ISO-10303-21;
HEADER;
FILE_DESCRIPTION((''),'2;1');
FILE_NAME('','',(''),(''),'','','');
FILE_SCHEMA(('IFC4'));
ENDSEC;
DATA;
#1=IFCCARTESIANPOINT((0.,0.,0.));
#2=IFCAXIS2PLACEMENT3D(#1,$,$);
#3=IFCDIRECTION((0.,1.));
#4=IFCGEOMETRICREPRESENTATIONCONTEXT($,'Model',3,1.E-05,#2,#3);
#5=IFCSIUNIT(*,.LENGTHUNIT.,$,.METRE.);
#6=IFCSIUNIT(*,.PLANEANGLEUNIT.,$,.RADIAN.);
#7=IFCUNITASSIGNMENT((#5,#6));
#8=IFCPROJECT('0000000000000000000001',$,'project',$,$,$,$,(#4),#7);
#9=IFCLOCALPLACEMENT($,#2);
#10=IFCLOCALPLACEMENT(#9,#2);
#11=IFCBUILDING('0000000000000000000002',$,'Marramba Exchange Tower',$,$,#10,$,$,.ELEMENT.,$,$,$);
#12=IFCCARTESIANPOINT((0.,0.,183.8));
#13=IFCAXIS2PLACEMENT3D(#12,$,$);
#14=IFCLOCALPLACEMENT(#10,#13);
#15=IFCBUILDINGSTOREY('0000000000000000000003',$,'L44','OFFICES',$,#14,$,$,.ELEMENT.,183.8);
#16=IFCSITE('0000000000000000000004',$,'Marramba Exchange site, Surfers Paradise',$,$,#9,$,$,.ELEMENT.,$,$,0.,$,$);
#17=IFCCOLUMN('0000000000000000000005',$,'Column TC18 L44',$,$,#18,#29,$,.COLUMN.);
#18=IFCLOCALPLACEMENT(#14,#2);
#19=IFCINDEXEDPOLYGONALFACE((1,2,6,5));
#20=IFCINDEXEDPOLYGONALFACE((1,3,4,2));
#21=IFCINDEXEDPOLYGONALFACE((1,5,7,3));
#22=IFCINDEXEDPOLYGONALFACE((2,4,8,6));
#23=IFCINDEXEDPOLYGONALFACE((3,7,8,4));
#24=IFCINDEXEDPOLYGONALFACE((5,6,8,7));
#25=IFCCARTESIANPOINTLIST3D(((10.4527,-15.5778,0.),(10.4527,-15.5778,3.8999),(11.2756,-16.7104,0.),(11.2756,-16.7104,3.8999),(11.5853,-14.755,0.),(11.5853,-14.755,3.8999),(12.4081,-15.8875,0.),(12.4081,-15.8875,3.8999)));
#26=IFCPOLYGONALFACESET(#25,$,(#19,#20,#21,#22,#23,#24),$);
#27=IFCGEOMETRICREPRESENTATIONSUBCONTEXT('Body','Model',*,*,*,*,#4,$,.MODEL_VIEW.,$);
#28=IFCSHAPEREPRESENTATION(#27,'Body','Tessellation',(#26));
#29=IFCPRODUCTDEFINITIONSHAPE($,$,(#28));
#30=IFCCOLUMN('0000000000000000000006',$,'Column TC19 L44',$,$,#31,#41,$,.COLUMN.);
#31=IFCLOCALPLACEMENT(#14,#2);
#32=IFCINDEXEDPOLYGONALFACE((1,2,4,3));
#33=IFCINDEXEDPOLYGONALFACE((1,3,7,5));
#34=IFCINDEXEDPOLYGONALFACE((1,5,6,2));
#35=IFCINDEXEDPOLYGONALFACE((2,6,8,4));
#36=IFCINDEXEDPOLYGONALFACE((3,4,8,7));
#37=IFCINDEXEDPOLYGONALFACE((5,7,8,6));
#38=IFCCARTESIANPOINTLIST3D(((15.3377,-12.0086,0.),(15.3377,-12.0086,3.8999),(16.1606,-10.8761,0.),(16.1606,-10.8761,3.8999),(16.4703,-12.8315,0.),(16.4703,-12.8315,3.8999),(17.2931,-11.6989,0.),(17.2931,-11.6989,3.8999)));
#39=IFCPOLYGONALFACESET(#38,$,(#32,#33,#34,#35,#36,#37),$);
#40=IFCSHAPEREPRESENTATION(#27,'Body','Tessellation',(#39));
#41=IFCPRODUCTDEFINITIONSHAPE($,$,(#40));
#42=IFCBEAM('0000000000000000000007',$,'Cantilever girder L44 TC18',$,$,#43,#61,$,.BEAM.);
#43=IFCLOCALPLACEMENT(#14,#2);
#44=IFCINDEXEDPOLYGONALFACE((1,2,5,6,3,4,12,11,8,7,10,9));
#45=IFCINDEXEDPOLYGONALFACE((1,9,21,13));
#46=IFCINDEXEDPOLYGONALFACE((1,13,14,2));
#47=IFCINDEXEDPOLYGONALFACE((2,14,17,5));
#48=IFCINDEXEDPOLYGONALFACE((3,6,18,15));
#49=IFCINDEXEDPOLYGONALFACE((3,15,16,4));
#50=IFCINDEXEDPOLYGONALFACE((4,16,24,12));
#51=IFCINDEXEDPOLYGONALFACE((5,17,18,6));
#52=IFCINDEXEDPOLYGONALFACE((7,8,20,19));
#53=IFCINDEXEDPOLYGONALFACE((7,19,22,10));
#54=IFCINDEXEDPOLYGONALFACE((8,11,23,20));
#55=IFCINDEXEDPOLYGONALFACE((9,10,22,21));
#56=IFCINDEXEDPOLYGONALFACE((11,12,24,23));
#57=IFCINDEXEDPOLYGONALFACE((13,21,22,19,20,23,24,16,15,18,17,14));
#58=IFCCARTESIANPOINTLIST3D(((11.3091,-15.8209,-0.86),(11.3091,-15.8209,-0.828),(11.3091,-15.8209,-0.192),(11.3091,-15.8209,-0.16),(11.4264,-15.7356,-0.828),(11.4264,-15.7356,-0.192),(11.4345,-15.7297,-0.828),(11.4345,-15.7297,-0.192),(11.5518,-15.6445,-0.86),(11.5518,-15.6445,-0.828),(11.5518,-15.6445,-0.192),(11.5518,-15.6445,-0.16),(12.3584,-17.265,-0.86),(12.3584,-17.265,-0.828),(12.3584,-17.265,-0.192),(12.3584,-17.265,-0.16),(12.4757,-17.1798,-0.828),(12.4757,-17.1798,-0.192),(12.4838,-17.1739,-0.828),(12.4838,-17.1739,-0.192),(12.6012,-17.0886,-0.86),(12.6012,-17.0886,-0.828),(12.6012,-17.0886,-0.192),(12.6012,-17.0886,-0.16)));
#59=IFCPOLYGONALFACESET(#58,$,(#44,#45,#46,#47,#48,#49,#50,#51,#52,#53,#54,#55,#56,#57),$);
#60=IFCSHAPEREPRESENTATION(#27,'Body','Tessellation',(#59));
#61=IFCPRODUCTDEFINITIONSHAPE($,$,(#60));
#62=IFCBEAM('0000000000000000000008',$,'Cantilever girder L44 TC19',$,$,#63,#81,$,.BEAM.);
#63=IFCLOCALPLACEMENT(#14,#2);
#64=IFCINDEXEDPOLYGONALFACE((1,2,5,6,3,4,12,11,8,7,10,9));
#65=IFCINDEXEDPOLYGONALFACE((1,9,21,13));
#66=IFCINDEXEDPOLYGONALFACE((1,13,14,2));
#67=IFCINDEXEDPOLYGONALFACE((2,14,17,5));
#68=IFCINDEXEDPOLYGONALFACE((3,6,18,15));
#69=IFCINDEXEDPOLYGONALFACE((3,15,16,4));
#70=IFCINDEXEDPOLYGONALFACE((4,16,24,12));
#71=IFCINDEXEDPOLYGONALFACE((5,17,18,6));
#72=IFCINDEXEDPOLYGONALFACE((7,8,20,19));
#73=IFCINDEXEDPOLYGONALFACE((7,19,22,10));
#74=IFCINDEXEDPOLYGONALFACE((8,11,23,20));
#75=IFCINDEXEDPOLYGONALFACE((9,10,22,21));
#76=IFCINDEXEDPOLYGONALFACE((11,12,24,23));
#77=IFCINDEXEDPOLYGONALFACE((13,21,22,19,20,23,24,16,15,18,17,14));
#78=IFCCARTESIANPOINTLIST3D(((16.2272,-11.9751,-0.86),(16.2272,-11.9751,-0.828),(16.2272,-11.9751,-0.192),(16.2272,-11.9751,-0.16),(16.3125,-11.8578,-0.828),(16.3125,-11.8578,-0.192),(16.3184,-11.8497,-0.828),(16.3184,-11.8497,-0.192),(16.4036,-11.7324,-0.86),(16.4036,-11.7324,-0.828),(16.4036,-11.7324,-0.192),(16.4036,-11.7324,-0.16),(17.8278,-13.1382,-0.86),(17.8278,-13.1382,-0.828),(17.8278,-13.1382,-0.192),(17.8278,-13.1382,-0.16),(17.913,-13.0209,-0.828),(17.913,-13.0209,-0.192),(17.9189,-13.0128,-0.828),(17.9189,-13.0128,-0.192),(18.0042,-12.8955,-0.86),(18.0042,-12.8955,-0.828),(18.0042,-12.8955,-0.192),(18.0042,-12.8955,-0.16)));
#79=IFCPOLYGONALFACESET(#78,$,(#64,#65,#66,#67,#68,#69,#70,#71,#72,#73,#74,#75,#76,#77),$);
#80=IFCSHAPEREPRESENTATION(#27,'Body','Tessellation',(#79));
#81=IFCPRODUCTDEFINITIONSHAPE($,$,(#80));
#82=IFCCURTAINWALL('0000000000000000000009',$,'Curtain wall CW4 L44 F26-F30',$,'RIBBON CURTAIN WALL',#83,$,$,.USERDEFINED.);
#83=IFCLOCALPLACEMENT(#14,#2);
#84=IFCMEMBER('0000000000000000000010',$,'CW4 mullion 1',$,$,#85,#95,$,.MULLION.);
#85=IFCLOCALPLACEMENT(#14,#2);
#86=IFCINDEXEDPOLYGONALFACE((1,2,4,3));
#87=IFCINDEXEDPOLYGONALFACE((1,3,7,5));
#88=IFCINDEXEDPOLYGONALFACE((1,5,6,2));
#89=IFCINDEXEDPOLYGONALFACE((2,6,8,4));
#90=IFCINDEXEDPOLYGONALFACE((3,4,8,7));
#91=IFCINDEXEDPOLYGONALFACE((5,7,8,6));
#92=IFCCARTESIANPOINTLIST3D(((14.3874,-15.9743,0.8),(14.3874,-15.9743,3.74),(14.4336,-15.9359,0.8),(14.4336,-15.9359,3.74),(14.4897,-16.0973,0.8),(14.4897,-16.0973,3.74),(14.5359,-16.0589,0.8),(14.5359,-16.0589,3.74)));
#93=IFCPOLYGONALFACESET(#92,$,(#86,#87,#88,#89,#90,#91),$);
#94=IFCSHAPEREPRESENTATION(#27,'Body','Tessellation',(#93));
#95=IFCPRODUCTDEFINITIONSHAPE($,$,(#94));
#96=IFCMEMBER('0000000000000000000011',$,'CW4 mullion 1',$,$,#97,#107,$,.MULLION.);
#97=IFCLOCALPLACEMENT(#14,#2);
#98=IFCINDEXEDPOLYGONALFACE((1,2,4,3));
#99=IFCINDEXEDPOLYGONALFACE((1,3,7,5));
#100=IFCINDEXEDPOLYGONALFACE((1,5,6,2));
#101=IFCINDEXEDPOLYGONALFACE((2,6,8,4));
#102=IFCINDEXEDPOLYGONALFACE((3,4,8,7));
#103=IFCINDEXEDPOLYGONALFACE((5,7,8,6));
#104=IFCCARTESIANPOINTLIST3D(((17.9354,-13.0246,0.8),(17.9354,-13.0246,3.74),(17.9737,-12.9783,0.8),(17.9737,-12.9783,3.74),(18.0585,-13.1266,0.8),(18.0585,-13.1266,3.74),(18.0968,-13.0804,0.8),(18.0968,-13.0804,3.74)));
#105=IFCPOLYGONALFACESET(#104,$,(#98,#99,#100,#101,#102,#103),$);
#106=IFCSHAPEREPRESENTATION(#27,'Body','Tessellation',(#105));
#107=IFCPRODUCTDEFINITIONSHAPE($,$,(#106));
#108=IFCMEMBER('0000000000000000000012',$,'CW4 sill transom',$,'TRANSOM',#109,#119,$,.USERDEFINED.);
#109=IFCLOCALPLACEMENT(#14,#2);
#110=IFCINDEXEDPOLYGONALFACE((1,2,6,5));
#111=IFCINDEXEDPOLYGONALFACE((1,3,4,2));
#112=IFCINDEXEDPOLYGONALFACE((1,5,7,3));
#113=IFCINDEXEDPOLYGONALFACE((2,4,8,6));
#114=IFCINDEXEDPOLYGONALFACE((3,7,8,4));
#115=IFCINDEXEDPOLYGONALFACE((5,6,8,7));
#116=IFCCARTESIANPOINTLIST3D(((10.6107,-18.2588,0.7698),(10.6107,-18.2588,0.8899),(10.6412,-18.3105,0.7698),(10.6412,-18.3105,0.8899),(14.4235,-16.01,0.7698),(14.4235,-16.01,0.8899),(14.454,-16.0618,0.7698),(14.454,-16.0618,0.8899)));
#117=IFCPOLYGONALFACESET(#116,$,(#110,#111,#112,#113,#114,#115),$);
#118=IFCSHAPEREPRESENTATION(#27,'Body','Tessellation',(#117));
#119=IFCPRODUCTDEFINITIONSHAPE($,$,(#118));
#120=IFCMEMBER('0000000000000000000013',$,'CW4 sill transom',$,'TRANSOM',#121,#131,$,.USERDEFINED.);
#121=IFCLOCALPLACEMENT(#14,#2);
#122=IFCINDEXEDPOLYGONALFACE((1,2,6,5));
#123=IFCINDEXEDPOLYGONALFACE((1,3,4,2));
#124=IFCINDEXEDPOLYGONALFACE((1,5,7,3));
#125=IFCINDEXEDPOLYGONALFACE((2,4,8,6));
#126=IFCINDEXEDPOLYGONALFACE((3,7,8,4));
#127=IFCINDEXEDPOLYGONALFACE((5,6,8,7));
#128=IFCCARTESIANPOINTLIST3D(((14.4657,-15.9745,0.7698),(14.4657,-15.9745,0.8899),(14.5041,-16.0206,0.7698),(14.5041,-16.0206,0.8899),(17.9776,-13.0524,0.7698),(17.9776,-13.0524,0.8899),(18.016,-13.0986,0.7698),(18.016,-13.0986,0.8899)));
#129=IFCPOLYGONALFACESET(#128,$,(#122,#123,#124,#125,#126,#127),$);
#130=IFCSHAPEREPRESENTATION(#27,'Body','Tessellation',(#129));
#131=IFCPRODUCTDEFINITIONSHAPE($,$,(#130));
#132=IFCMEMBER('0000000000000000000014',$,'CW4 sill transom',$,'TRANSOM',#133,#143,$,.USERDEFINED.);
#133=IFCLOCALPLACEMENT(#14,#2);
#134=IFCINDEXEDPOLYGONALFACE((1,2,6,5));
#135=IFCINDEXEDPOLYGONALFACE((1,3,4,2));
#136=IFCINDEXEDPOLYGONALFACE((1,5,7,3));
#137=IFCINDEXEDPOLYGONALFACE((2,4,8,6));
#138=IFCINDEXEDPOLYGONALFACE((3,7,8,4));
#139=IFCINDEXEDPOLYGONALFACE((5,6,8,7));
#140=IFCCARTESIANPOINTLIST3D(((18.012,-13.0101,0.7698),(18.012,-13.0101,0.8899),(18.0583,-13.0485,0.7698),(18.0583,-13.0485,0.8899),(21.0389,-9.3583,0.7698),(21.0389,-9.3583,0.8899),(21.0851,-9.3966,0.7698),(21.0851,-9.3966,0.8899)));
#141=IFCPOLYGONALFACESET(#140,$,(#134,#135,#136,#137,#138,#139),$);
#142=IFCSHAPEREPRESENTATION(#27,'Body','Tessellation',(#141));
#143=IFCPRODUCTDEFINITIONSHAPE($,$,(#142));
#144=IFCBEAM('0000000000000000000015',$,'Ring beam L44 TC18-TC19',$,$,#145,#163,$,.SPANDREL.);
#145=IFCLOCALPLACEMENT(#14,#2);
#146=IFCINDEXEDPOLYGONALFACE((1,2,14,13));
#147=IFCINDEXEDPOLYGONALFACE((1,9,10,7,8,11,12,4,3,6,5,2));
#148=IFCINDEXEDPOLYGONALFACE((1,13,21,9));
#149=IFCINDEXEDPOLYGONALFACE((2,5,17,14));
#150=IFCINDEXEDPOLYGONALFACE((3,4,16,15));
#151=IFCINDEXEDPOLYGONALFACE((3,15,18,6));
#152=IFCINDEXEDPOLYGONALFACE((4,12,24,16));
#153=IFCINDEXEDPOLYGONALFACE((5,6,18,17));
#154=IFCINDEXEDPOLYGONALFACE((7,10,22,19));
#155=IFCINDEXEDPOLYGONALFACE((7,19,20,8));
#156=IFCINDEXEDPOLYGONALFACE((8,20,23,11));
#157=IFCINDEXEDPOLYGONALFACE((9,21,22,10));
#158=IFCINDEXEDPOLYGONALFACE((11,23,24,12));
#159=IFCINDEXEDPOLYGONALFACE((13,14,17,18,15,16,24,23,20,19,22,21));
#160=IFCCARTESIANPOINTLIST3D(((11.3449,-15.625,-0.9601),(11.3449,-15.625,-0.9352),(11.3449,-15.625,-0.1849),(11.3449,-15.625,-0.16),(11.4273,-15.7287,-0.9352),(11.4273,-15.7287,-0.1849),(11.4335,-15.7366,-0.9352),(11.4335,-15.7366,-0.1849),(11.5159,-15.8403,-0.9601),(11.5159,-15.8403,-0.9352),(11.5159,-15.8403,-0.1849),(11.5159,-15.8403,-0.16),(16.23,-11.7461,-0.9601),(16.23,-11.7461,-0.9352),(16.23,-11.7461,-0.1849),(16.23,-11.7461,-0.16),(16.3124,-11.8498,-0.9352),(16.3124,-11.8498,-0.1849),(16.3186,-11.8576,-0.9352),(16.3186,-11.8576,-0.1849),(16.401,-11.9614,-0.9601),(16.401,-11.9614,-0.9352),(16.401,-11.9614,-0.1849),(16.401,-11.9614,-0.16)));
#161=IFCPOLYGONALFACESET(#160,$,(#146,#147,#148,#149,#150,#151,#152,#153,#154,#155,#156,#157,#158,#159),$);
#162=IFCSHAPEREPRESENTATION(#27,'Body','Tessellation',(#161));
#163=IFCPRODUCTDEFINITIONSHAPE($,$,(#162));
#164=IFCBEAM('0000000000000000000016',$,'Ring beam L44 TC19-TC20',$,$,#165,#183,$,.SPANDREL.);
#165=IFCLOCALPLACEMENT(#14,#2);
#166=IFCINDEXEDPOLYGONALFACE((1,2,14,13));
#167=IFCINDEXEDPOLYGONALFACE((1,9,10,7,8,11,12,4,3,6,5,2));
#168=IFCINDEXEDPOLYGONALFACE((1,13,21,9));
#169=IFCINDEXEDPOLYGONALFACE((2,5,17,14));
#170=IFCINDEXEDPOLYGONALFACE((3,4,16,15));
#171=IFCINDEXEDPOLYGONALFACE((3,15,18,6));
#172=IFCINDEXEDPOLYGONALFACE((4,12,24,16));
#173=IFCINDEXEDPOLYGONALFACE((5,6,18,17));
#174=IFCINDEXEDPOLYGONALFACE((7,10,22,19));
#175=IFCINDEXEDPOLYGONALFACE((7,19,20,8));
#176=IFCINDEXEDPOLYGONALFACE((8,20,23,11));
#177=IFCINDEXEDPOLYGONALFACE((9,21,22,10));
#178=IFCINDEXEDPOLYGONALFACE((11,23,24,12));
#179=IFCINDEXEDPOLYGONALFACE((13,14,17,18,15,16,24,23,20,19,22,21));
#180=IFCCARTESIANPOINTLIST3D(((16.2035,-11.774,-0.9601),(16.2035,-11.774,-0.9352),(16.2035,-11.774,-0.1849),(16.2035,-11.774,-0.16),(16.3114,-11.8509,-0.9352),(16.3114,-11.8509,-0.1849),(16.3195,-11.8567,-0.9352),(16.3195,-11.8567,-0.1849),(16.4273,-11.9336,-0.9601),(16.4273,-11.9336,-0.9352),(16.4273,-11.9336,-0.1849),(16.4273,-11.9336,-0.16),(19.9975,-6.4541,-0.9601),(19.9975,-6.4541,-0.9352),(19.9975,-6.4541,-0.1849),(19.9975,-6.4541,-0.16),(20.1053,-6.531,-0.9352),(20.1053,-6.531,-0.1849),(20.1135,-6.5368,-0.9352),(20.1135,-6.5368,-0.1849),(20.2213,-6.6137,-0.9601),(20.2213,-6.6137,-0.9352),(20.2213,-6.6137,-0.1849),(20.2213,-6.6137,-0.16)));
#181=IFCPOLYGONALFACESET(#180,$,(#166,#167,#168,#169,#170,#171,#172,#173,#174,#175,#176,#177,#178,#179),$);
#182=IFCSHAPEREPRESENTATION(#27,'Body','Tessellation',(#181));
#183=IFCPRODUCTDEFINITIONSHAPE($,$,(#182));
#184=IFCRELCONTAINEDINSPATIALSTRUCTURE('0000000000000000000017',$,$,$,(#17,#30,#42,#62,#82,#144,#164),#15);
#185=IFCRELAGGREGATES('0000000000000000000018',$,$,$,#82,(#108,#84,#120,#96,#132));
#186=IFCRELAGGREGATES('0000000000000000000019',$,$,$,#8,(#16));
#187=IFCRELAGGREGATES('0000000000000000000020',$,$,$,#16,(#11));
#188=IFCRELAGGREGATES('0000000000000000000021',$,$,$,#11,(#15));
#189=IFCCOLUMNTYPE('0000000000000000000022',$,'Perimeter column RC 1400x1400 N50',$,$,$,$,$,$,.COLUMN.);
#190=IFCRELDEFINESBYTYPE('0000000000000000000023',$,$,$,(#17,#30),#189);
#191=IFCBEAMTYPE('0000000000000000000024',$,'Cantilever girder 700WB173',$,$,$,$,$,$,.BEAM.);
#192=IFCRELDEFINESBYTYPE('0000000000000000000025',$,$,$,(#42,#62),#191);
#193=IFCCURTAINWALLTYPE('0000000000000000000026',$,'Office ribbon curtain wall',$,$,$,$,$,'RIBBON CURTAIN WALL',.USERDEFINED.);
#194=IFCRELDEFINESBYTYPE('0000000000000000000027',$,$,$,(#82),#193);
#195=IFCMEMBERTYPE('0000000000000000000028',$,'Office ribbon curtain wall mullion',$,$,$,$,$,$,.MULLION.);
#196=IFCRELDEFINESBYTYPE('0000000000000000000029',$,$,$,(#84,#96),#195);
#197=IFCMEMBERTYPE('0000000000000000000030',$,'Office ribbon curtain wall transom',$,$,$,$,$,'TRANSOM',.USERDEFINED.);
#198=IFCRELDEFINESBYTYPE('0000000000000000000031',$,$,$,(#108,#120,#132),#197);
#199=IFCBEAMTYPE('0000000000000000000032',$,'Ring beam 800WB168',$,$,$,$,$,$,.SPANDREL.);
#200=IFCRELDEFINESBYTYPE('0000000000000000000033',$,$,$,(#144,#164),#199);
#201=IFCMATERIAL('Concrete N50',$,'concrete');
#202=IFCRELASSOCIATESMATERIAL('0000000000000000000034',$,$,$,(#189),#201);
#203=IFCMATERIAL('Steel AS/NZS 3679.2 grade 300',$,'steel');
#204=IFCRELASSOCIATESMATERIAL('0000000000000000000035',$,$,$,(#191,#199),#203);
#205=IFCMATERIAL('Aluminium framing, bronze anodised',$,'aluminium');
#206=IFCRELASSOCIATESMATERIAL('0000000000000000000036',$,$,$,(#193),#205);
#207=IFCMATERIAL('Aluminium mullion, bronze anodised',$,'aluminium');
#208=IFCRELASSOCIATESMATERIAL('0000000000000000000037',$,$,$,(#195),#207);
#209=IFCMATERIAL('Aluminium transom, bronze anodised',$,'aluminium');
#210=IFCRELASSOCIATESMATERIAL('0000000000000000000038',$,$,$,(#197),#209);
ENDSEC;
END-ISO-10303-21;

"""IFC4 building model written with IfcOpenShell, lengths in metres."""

from ifc_helpers import new_model, si_unit, direction, frame, origin, origin_2d, place, context, subcontext, project, spatial, rectangle, i_section, extrude, material, material_profile, profile_set, type_object, element, aggregate, save


model = new_model("IFC4")

# Units and contexts
model_context = context("Model", 3, precision=1e-05, world=origin(), true_north=direction((0.0, 1.0)))
body_context = subcontext(model_context, "Body", "Model", "MODEL_VIEW")
ifc_project = project(units=[si_unit("LENGTHUNIT", "METRE"), si_unit("PLANEANGLEUNIT", "RADIAN")], contexts=[model_context])

# Site, building, storey
site_placement = place(None, origin())
site = spatial("IfcSite", under=ifc_project, at=site_placement, Name="Marramba Exchange site, Surfers Paradise", CompositionType="ELEMENT", RefElevation=0.0)
building_placement = place(site_placement, origin())
building = spatial("IfcBuilding", under=site, at=building_placement, Name="Marramba Exchange Tower", CompositionType="ELEMENT")
storey_placement = place(building_placement, frame((0.0, 0.0, 183.8)))
storey = spatial("IfcBuildingStorey", under=building, at=storey_placement, Name="L44", Description="OFFICES", CompositionType="ELEMENT", Elevation=183.8)

# Columns
ifc_material_1 = material(Name="Concrete N50", Category="concrete")
ifc_material_profile_1 = material_profile(ifc_material_1, rectangle(XDim=1.3999, YDim=1.3999, at=origin_2d()), Name="RC 1400x1400")
ifc_profile_set_1 = profile_set([ifc_material_profile_1], Name="Concrete N50")
column_type = type_object("IfcColumnType", Name="Perimeter column RC 1400x1400 N50", PredefinedType="COLUMN", material=ifc_profile_set_1)
for number, where, z_axis, x_axis, name in (
    (1, (11.4304, -15.7327, 0.0), (0.0, 0.0, 1.0), (0.587785, -0.809017, 0.0), "Column TC18 L44"),
    (2, (16.3154, -11.8538, 0.0), (0.0, 0.0, 1.0), (0.809017, -0.587785, 0.0), "Column TC19 L44"),
):
    element("IfcColumn", number, at=place(storey_placement, frame(where, z_axis=z_axis, x_axis=x_axis)), inside=storey, type_object=column_type, Name=name, PredefinedType="COLUMN", context=body_context, shape_type="SweptSolid", body=[
        extrude(rectangle(XDim=1.3999, YDim=1.3999, at=origin_2d()), origin(), (0.0, 0.0, 1.0), 3.8999),
    ])

# Beams
ifc_material_2 = material(Name="Steel AS/NZS 3679.2 grade 300", Category="steel")
ifc_material_profile_2 = material_profile(ifc_material_2, i_section(OverallWidth=0.3, OverallDepth=0.7, WebThickness=0.01, FlangeThickness=0.032, at=origin_2d()), Name="700WB173")
ifc_profile_set_2 = profile_set([ifc_material_profile_2], Name="Steel AS/NZS 3679.2 grade 300")
beam_type_1 = type_object("IfcBeamType", Name="Cantilever girder 700WB173", PredefinedType="BEAM", material=ifc_profile_set_2)
beam_1_placement = place(storey_placement, frame((11.4304, -15.7327, -0.51), z_axis=(0.58783, -0.808984, 0.0), x_axis=(0.808984, 0.58783, 0.0)))
element("IfcBeam", 3, at=beam_1_placement, inside=storey, type_object=beam_type_1, Name="Cantilever girder L44 TC18", PredefinedType="BEAM", context=body_context, shape_type="SweptSolid", body=[
    extrude(i_section(OverallWidth=0.3, OverallDepth=0.7, WebThickness=0.01, FlangeThickness=0.032, at=origin_2d()), origin(), (0.0, 0.0, 1.0), 1.7852),
])
beam_2_placement = place(storey_placement, frame((16.3154, -11.8538, -0.51), z_axis=(0.808971, -0.587849, 0.0), x_axis=(0.587849, 0.808971, 0.0)))
element("IfcBeam", 4, at=beam_2_placement, inside=storey, type_object=beam_type_1, Name="Cantilever girder L44 TC19", PredefinedType="BEAM", context=body_context, shape_type="SweptSolid", body=[
    extrude(i_section(OverallWidth=0.3, OverallDepth=0.7, WebThickness=0.01, FlangeThickness=0.032, at=origin_2d()), origin(), (0.0, 0.0, 1.0), 1.9785),
])

# Curtain wall, members
ifc_material_3 = material(Name="Aluminium framing, bronze anodised", Category="aluminium")
curtain_wall_type = type_object("IfcCurtainWallType", Name="Office ribbon curtain wall", ElementType="RIBBON CURTAIN WALL", PredefinedType="USERDEFINED", material=ifc_material_3)
curtain_wall_placement = place(storey_placement, origin())
curtain_wall = element("IfcCurtainWall", 5, at=curtain_wall_placement, inside=storey, type_object=curtain_wall_type, Name="Curtain wall CW4 L44 F26-F30", ObjectType="RIBBON CURTAIN WALL", PredefinedType="USERDEFINED")
ifc_material_4 = material(Name="Aluminium mullion, bronze anodised", Category="aluminium")
ifc_material_profile_3 = material_profile(ifc_material_4, rectangle(XDim=0.1599, YDim=0.0601, at=origin_2d()), Name="CW4 mullion 60x160")
ifc_profile_set_3 = profile_set([ifc_material_profile_3], Name="Aluminium mullion, bronze anodised")
member_type_1 = type_object("IfcMemberType", Name="Office ribbon curtain wall mullion", PredefinedType="MULLION", material=ifc_profile_set_3)
member_1_placement = place(storey_placement, frame((14.4617, -16.0166, 0.8), z_axis=(0.0, 0.0, 1.0), x_axis=(-0.639565, 0.768737, 0.0)))
member_1 = element("IfcMember", 6, at=member_1_placement, type_object=member_type_1, Name="CW4 mullion 1", PredefinedType="MULLION", context=body_context, shape_type="SweptSolid", body=[
    extrude(rectangle(XDim=0.1599, YDim=0.0601, at=origin_2d()), origin(), (0.0, 0.0, 1.0), 2.9399),
])
member_2_placement = place(storey_placement, frame((18.0161, -13.0525, 0.8), z_axis=(0.0, 0.0, 1.0), x_axis=(-0.769912, 0.63815, 0.0)))
member_2 = element("IfcMember", 7, at=member_2_placement, type_object=member_type_1, Name="CW4 mullion 1", PredefinedType="MULLION", context=body_context, shape_type="SweptSolid", body=[
    extrude(rectangle(XDim=0.1599, YDim=0.0601, at=origin_2d()), origin(), (0.0, 0.0, 1.0), 2.9399),
])
ifc_material_5 = material(Name="Aluminium transom, bronze anodised", Category="aluminium")
ifc_material_profile_4 = material_profile(ifc_material_5, rectangle(XDim=0.0601, YDim=0.1201, at=origin_2d()), Name="CW4 transom 60x120")
ifc_profile_set_4 = profile_set([ifc_material_profile_4], Name="Aluminium transom, bronze anodised")
member_type_2 = type_object("IfcMemberType", Name="Office ribbon curtain wall transom", ElementType="TRANSOM", PredefinedType="USERDEFINED", material=ifc_profile_set_4)
member_3_placement = place(storey_placement, frame((10.626, -18.2847, 0.8298), z_axis=(0.861342, 0.508025, 0.0), x_axis=(-0.508025, 0.861342, 0.0)))
member_3 = element("IfcMember", 8, at=member_3_placement, type_object=member_type_2, Name="CW4 sill transom", ObjectType="TRANSOM", PredefinedType="USERDEFINED", context=body_context, shape_type="SweptSolid", body=[
    extrude(rectangle(XDim=0.0601, YDim=0.1201, at=origin_2d()), origin(), (0.0, 0.0, 1.0), 4.4265),
])
member_4_placement = place(storey_placement, frame((14.4849, -15.9976, 0.8298), z_axis=(0.768707, 0.639601, 0.0), x_axis=(-0.639601, 0.768707, 0.0)))
member_4 = element("IfcMember", 9, at=member_4_placement, type_object=member_type_2, Name="CW4 sill transom", ObjectType="TRANSOM", PredefinedType="USERDEFINED", context=body_context, shape_type="SweptSolid", body=[
    extrude(rectangle(XDim=0.0601, YDim=0.1201, at=origin_2d()), origin(), (0.0, 0.0, 1.0), 4.5686),
])
member_5_placement = place(storey_placement, frame((18.0352, -13.0293, 0.8298), z_axis=(0.638147, 0.769915, 0.0), x_axis=(-0.769915, 0.638147, 0.0)))
member_5 = element("IfcMember", 10, at=member_5_placement, type_object=member_type_2, Name="CW4 sill transom", ObjectType="TRANSOM", PredefinedType="USERDEFINED", context=body_context, shape_type="SweptSolid", body=[
    extrude(rectangle(XDim=0.0601, YDim=0.1201, at=origin_2d()), origin(), (0.0, 0.0, 1.0), 4.7432),
])

# Beams
ifc_material_profile_5 = material_profile(ifc_material_2, i_section(OverallWidth=0.2749, OverallDepth=0.8, WebThickness=0.01, FlangeThickness=0.0249, at=origin_2d()), Name="800WB168")
ifc_profile_set_5 = profile_set([ifc_material_profile_5], Name="Steel AS/NZS 3679.2 grade 300")
beam_type_2 = type_object("IfcBeamType", Name="Ring beam 800WB168", PredefinedType="SPANDREL", material=ifc_profile_set_5)
beam_3_placement = place(storey_placement, frame((11.4304, -15.7327, -0.5601), z_axis=(0.783139, 0.621846, 0.0), x_axis=(-0.621846, 0.783139, 0.0)))
element("IfcBeam", 11, at=beam_3_placement, inside=storey, type_object=beam_type_2, Name="Ring beam L44 TC18-TC19", PredefinedType="SPANDREL", context=body_context, shape_type="SweptSolid", body=[
    extrude(i_section(OverallWidth=0.2749, OverallDepth=0.8, WebThickness=0.01, FlangeThickness=0.0249, at=origin_2d()), origin(), (0.0, 0.0, 1.0), 6.2378),
])
beam_4_placement = place(storey_placement, frame((16.3154, -11.8538, -0.5601), z_axis=(0.580637, 0.814162, 0.0), x_axis=(-0.814162, 0.580637, 0.0)))
element("IfcBeam", 12, at=beam_4_placement, inside=storey, type_object=beam_type_2, Name="Ring beam L44 TC19-TC20", PredefinedType="SPANDREL", context=body_context, shape_type="SweptSolid", body=[
    extrude(i_section(OverallWidth=0.2749, OverallDepth=0.8, WebThickness=0.01, FlangeThickness=0.0249, at=origin_2d()), origin(), (0.0, 0.0, 1.0), 6.5342),
])

aggregate(curtain_wall, [member_3, member_1, member_4, member_2, member_5])

save(model, "model.ifc")
